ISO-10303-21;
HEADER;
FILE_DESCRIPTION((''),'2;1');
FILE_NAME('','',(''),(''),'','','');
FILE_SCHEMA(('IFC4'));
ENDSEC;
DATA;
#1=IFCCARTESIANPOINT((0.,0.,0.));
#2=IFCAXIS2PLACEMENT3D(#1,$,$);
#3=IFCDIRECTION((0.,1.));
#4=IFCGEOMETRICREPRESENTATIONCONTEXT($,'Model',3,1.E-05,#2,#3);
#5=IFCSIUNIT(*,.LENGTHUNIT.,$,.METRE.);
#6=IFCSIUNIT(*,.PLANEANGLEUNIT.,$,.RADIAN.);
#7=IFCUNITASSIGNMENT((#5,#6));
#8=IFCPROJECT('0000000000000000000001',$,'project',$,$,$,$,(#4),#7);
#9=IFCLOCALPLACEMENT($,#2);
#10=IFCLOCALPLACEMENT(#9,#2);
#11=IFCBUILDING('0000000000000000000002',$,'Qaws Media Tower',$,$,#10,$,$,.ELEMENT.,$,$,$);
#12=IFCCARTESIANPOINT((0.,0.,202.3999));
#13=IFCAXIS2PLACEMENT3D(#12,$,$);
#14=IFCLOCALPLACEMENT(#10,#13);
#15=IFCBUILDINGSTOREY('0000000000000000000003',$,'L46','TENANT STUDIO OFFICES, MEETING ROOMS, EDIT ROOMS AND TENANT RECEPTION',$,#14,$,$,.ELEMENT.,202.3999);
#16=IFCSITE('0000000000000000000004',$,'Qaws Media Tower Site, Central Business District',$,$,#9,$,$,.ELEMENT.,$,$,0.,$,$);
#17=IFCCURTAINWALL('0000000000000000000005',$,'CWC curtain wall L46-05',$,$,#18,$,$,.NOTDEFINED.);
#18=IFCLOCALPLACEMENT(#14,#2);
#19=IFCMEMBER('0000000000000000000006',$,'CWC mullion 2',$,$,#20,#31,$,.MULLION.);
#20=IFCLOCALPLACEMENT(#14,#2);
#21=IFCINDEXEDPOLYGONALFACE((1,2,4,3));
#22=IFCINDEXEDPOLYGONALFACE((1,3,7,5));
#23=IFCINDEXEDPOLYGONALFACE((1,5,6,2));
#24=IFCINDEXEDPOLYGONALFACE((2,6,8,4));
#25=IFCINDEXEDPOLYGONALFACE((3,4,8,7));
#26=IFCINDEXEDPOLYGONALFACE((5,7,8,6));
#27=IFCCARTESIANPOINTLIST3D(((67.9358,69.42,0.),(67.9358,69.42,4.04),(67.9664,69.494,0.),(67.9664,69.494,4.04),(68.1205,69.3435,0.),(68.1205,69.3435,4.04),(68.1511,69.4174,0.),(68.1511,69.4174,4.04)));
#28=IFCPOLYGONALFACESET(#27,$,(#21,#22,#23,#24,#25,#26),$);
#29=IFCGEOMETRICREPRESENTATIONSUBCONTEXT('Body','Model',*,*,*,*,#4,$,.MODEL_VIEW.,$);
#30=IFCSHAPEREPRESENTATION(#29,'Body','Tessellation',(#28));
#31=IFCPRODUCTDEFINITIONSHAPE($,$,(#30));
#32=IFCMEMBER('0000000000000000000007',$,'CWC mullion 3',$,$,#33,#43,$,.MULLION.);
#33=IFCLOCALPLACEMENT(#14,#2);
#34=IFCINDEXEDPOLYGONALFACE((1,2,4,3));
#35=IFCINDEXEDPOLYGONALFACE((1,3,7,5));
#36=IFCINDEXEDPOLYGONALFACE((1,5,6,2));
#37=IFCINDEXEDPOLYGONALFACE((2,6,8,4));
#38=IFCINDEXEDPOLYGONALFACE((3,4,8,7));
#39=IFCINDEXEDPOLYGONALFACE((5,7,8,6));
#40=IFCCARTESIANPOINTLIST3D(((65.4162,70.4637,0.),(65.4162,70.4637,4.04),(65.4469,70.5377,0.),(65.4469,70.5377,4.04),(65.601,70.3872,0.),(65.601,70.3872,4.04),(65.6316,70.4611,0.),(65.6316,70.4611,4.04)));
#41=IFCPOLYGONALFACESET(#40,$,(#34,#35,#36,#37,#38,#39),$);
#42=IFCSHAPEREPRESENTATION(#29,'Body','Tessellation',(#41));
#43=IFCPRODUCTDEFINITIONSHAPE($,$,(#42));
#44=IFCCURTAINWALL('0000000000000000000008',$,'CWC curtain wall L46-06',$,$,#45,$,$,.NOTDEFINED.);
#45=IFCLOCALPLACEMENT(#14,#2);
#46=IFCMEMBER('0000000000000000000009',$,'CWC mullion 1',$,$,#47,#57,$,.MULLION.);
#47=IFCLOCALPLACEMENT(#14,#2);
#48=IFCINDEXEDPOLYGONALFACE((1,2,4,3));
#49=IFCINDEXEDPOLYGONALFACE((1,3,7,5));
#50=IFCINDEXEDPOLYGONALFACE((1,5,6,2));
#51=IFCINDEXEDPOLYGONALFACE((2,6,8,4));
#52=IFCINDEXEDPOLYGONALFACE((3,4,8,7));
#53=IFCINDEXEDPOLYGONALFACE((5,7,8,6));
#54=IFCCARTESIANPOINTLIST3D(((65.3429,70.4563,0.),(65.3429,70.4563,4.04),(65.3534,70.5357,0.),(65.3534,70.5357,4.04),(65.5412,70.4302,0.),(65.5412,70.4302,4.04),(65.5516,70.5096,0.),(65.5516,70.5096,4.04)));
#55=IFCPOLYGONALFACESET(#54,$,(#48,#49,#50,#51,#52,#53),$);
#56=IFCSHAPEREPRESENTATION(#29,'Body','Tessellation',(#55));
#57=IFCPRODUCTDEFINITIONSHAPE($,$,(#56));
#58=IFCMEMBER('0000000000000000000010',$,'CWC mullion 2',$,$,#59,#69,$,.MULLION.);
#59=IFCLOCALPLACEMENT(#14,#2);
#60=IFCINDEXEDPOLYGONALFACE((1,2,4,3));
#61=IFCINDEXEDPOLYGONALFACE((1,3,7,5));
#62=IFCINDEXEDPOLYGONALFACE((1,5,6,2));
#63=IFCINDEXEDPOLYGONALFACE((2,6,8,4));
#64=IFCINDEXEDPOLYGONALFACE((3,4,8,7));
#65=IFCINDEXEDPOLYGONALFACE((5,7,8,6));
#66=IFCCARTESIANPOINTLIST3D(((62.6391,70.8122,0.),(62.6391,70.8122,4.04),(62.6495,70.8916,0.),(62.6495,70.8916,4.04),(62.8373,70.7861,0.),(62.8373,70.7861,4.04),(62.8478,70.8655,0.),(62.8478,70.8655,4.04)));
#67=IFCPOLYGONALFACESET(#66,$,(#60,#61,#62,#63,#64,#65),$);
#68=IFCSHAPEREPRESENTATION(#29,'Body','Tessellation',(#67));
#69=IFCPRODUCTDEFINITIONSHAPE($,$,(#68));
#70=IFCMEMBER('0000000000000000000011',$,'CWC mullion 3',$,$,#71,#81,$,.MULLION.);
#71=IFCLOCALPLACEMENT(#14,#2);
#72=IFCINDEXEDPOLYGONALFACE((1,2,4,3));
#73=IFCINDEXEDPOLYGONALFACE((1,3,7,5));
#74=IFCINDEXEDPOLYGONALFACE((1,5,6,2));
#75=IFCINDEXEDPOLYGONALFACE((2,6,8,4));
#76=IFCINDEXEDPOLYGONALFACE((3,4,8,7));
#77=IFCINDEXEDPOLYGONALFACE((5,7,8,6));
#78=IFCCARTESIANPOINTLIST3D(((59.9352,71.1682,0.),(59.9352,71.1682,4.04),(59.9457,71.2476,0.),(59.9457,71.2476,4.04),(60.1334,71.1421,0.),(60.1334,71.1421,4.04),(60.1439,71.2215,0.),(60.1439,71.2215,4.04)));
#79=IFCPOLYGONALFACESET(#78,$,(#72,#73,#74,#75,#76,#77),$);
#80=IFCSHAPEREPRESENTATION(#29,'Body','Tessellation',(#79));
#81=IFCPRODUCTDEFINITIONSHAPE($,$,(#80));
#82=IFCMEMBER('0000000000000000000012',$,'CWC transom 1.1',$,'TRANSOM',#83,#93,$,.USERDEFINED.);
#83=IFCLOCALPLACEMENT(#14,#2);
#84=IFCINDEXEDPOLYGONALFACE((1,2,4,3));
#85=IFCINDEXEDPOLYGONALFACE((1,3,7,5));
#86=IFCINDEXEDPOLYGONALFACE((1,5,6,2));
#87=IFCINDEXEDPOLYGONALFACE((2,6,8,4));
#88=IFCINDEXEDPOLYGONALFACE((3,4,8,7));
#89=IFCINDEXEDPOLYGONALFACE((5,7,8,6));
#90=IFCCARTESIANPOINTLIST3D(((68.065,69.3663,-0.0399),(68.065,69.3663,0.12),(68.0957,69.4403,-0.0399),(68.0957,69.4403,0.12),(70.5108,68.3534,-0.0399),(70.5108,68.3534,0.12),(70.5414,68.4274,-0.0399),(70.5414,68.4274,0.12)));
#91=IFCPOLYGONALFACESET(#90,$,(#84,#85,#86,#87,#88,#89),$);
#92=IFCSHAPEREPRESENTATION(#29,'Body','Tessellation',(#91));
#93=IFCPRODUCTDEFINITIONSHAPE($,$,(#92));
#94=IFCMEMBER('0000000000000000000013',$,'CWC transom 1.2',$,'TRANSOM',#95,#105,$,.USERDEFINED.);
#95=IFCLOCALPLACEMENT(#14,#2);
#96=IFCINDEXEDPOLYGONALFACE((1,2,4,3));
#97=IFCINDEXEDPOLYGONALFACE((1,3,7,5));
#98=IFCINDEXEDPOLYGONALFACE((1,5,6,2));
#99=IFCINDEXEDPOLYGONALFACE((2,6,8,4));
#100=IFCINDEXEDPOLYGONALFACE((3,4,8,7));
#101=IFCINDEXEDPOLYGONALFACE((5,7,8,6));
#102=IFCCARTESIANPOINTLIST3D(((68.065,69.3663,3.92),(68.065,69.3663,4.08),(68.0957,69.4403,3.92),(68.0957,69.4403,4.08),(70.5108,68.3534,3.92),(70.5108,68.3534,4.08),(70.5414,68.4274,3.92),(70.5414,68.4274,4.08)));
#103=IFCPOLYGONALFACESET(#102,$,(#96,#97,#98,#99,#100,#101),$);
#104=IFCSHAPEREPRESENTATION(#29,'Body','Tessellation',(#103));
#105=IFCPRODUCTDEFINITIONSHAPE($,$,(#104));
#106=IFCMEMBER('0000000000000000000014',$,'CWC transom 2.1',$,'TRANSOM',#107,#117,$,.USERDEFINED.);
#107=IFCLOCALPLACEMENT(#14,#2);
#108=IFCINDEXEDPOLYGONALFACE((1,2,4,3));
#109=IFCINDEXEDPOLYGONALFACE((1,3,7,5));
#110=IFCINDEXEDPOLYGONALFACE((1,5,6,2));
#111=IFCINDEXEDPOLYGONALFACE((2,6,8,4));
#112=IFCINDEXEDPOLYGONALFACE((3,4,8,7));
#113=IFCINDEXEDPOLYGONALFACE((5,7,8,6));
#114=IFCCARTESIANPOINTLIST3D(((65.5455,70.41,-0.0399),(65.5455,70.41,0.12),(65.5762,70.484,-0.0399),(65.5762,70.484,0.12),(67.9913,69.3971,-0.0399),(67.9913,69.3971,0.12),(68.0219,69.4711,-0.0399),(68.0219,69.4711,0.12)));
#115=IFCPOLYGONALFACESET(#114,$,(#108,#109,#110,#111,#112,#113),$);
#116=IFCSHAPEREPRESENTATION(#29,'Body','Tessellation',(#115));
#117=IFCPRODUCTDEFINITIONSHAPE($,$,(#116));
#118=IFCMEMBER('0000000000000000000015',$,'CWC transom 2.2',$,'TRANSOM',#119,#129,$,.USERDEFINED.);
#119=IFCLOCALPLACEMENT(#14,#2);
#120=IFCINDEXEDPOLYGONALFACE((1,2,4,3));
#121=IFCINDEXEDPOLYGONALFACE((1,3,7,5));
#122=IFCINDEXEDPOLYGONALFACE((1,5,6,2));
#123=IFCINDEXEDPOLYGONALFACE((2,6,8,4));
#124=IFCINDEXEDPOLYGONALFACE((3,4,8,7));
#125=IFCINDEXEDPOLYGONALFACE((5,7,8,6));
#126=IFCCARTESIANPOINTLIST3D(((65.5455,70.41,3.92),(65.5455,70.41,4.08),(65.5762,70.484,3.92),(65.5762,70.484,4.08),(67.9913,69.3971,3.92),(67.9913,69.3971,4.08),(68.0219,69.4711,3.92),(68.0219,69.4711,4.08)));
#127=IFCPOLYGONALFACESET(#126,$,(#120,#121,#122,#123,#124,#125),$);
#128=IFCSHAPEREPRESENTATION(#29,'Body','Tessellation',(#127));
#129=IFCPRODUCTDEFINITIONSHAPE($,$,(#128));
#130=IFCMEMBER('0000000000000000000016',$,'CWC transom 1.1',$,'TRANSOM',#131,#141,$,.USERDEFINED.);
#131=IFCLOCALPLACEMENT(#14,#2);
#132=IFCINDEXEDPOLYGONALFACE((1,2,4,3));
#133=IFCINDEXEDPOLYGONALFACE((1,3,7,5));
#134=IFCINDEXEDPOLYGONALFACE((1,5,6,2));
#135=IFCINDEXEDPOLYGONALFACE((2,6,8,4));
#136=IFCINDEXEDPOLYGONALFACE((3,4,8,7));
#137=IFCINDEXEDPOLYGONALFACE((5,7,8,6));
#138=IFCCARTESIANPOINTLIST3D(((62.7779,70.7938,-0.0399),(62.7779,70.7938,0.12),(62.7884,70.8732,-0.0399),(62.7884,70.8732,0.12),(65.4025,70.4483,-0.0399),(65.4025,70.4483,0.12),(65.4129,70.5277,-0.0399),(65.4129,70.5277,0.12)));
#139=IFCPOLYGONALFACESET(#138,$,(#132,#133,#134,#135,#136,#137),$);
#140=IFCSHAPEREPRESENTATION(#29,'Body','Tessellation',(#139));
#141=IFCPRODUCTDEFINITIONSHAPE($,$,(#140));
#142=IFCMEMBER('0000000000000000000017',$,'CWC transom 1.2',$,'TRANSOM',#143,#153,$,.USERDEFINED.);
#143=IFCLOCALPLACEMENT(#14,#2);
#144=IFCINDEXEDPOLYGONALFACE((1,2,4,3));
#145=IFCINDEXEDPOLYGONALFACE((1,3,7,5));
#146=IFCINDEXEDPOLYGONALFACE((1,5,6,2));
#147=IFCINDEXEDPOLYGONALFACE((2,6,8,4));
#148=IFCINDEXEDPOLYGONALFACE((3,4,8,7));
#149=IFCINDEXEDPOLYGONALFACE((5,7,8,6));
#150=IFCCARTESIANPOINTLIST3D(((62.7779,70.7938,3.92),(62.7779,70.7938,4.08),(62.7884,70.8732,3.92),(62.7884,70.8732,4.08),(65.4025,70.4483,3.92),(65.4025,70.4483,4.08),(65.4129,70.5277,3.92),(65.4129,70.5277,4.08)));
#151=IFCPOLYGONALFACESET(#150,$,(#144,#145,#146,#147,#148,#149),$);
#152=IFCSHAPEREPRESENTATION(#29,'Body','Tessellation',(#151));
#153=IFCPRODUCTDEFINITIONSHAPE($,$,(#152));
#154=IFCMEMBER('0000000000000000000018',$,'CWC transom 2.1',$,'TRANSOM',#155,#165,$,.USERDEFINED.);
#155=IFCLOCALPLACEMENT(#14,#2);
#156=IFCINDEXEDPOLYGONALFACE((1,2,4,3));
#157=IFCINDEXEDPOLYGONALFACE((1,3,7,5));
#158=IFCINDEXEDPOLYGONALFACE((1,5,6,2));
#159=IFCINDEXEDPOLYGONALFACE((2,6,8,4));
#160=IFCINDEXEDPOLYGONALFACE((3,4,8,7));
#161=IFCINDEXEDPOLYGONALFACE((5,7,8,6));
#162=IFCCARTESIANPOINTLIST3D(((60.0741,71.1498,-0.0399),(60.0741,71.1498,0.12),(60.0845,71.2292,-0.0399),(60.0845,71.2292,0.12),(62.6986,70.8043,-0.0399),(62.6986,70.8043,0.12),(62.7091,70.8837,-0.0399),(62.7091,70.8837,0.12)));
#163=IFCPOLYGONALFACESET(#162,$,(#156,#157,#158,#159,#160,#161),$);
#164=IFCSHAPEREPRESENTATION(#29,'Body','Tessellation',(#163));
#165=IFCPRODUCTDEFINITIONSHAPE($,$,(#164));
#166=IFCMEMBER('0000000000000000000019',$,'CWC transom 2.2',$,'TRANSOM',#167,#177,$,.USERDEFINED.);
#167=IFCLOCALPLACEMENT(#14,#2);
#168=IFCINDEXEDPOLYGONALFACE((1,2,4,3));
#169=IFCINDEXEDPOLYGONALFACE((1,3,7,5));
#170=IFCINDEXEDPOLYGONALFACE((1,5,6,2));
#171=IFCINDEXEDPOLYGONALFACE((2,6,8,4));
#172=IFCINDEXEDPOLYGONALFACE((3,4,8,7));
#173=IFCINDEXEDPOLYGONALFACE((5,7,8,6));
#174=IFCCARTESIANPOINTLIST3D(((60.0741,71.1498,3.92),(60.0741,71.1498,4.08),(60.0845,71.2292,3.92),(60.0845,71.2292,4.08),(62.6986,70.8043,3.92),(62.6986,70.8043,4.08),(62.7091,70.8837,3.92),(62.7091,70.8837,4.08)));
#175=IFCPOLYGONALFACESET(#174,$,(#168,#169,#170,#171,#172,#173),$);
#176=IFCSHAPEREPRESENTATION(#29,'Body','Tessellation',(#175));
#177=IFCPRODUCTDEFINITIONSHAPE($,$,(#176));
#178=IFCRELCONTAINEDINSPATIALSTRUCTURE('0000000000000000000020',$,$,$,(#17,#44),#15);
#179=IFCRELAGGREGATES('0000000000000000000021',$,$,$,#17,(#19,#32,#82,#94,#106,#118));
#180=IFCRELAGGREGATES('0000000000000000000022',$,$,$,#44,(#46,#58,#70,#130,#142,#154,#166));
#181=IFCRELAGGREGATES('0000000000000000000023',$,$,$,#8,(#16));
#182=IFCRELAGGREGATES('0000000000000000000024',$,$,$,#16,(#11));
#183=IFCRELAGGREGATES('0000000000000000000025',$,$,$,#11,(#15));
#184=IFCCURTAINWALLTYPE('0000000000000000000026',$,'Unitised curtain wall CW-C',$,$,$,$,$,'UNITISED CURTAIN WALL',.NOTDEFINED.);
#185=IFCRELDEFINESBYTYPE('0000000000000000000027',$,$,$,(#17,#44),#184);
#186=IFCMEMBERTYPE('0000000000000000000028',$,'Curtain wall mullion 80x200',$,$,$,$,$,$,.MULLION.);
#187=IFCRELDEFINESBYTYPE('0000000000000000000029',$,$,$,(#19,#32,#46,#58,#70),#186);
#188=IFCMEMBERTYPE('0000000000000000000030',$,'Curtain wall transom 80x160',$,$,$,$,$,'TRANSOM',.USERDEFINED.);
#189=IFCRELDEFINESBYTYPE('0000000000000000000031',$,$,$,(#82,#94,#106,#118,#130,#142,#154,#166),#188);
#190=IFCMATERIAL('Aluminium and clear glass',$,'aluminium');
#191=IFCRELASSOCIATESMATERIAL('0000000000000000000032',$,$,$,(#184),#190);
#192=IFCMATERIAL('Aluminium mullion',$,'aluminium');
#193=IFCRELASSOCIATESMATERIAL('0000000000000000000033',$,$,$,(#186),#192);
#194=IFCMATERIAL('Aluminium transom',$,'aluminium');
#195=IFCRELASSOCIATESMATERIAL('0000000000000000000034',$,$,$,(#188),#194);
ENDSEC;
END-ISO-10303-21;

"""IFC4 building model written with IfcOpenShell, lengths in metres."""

from ifc_helpers import new_model, si_unit, direction, frame, origin, origin_2d, place, context, subcontext, project, spatial, rectangle, extrude, material, material_profile, profile_set, type_object, element, aggregate, save


model = new_model("IFC4")

# Units and contexts
model_context = context("Model", 3, precision=1e-05, world=origin(), true_north=direction((0.0, 1.0)))
body_context = subcontext(model_context, "Body", "Model", "MODEL_VIEW")
ifc_project = project(units=[si_unit("LENGTHUNIT", "METRE"), si_unit("PLANEANGLEUNIT", "RADIAN")], contexts=[model_context])

# Site, building, storey
site_placement = place(None, origin())
site = spatial("IfcSite", under=ifc_project, at=site_placement, Name="Qaws Media Tower Site, Central Business District", CompositionType="ELEMENT", RefElevation=0.0)
building_placement = place(site_placement, origin())
building = spatial("IfcBuilding", under=site, at=building_placement, Name="Qaws Media Tower", CompositionType="ELEMENT")
storey_placement = place(building_placement, frame((0.0, 0.0, 202.3999)))
storey = spatial("IfcBuildingStorey", under=building, at=storey_placement, Name="L46", Description="TENANT STUDIO OFFICES, MEETING ROOMS, EDIT ROOMS AND TENANT RECEPTION", CompositionType="ELEMENT", Elevation=202.3999)

# Curtain walls, members
ifc_material_1 = material(Name="Aluminium and clear glass", Category="aluminium")
curtain_wall_type = type_object("IfcCurtainWallType", Name="Unitised curtain wall CW-C", ElementType="UNITISED CURTAIN WALL", PredefinedType="NOTDEFINED", material=ifc_material_1)
curtain_wall_1_placement = place(storey_placement, origin())
curtain_wall_1 = element("IfcCurtainWall", 1, at=curtain_wall_1_placement, inside=storey, type_object=curtain_wall_type, Name="CWC curtain wall L46-05", PredefinedType="NOTDEFINED")
ifc_material_2 = material(Name="Aluminium mullion", Category="aluminium")
ifc_material_profile_1 = material_profile(ifc_material_2, rectangle(XDim=0.0801, YDim=0.2, at=origin_2d()), Name="80x200")
ifc_profile_set_1 = profile_set([ifc_material_profile_1], Name="Aluminium mullion")
member_type_1 = type_object("IfcMemberType", Name="Curtain wall mullion 80x200", PredefinedType="MULLION", material=ifc_profile_set_1)
member_1_placement = place(storey_placement, frame((68.0435, 69.4187, 0.0), z_axis=(0.0, 0.0, 1.0), x_axis=(-0.382683, -0.92388, 0.0)))
member_1 = element("IfcMember", 2, at=member_1_placement, type_object=member_type_1, Name="CWC mullion 2", PredefinedType="MULLION", context=body_context, shape_type="SweptSolid", body=[
    extrude(rectangle(XDim=0.0801, YDim=0.2, at=origin_2d()), origin(), (0.0, 0.0, 1.0), 4.04),
])
member_2_placement = place(storey_placement, frame((65.5239, 70.4624, 0.0), z_axis=(0.0, 0.0, 1.0), x_axis=(-0.382683, -0.92388, 0.0)))
member_2 = element("IfcMember", 3, at=member_2_placement, type_object=member_type_1, Name="CWC mullion 3", PredefinedType="MULLION", context=body_context, shape_type="SweptSolid", body=[
    extrude(rectangle(XDim=0.0801, YDim=0.2, at=origin_2d()), origin(), (0.0, 0.0, 1.0), 4.04),
])
curtain_wall_2_placement = place(storey_placement, origin())
curtain_wall_2 = element("IfcCurtainWall", 4, at=curtain_wall_2_placement, inside=storey, type_object=curtain_wall_type, Name="CWC curtain wall L46-06", PredefinedType="NOTDEFINED")
member_3_placement = place(storey_placement, frame((65.4473, 70.4829, 0.0), z_axis=(0.0, 0.0, 1.0), x_axis=(-0.130526, -0.991445, 0.0)))
member_3 = element("IfcMember", 5, at=member_3_placement, type_object=member_type_1, Name="CWC mullion 1", PredefinedType="MULLION", context=body_context, shape_type="SweptSolid", body=[
    extrude(rectangle(XDim=0.0801, YDim=0.2, at=origin_2d()), origin(), (0.0, 0.0, 1.0), 4.04),
])
member_4_placement = place(storey_placement, frame((62.7434, 70.8389, 0.0), z_axis=(0.0, 0.0, 1.0), x_axis=(-0.130526, -0.991445, 0.0)))
member_4 = element("IfcMember", 6, at=member_4_placement, type_object=member_type_1, Name="CWC mullion 2", PredefinedType="MULLION", context=body_context, shape_type="SweptSolid", body=[
    extrude(rectangle(XDim=0.0801, YDim=0.2, at=origin_2d()), origin(), (0.0, 0.0, 1.0), 4.04),
])
member_5_placement = place(storey_placement, frame((60.0396, 71.1948, 0.0), z_axis=(0.0, 0.0, 1.0), x_axis=(-0.130526, -0.991445, 0.0)))
member_5 = element("IfcMember", 7, at=member_5_placement, type_object=member_type_1, Name="CWC mullion 3", PredefinedType="MULLION", context=body_context, shape_type="SweptSolid", body=[
    extrude(rectangle(XDim=0.0801, YDim=0.2, at=origin_2d()), origin(), (0.0, 0.0, 1.0), 4.04),
])

# Members
ifc_material_3 = material(Name="Aluminium transom", Category="aluminium")
ifc_material_profile_2 = material_profile(ifc_material_3, rectangle(XDim=0.0801, YDim=0.1599, at=origin_2d()), Name="80x160")
ifc_profile_set_2 = profile_set([ifc_material_profile_2], Name="Aluminium transom")
member_type_2 = type_object("IfcMemberType", Name="Curtain wall transom 80x160", ElementType="TRANSOM", PredefinedType="USERDEFINED", material=ifc_profile_set_2)
member_6_placement = place(storey_placement, frame((70.5261, 68.3904, 0.04), z_axis=(-0.923899, 0.382637, 0.0), x_axis=(-0.382637, -0.923899, 0.0)))
member_6 = element("IfcMember", 8, at=member_6_placement, type_object=member_type_2, Name="CWC transom 1.1", ObjectType="TRANSOM", PredefinedType="USERDEFINED", context=body_context, shape_type="SweptSolid", body=[
    extrude(rectangle(XDim=0.0801, YDim=0.1599, at=origin_2d()), origin(), (0.0, 0.0, 1.0), 2.6472),
])
member_7_placement = place(storey_placement, frame((70.5261, 68.3904, 4.0), z_axis=(-0.923899, 0.382637, 0.0), x_axis=(-0.382637, -0.923899, 0.0)))
member_7 = element("IfcMember", 9, at=member_7_placement, type_object=member_type_2, Name="CWC transom 1.2", ObjectType="TRANSOM", PredefinedType="USERDEFINED", context=body_context, shape_type="SweptSolid", body=[
    extrude(rectangle(XDim=0.0801, YDim=0.1599, at=origin_2d()), origin(), (0.0, 0.0, 1.0), 2.6472),
])
member_8_placement = place(storey_placement, frame((68.0066, 69.4341, 0.04), z_axis=(-0.923899, 0.382637, 0.0), x_axis=(-0.382637, -0.923899, 0.0)))
member_8 = element("IfcMember", 10, at=member_8_placement, type_object=member_type_2, Name="CWC transom 2.1", ObjectType="TRANSOM", PredefinedType="USERDEFINED", context=body_context, shape_type="SweptSolid", body=[
    extrude(rectangle(XDim=0.0801, YDim=0.1599, at=origin_2d()), origin(), (0.0, 0.0, 1.0), 2.6472),
])
member_9_placement = place(storey_placement, frame((68.0066, 69.4341, 4.0), z_axis=(-0.923899, 0.382637, 0.0), x_axis=(-0.382637, -0.923899, 0.0)))
member_9 = element("IfcMember", 11, at=member_9_placement, type_object=member_type_2, Name="CWC transom 2.2", ObjectType="TRANSOM", PredefinedType="USERDEFINED", context=body_context, shape_type="SweptSolid", body=[
    extrude(rectangle(XDim=0.0801, YDim=0.1599, at=origin_2d()), origin(), (0.0, 0.0, 1.0), 2.6472),
])
member_10_placement = place(storey_placement, frame((65.4077, 70.488, 0.04), z_axis=(-0.991448, 0.130502, 0.0), x_axis=(-0.130502, -0.991448, 0.0)))
member_10 = element("IfcMember", 12, at=member_10_placement, type_object=member_type_2, Name="CWC transom 1.1", ObjectType="TRANSOM", PredefinedType="USERDEFINED", context=body_context, shape_type="SweptSolid", body=[
    extrude(rectangle(XDim=0.0801, YDim=0.1599, at=origin_2d()), origin(), (0.0, 0.0, 1.0), 2.6472),
])
member_11_placement = place(storey_placement, frame((65.4077, 70.488, 4.0), z_axis=(-0.991448, 0.130502, 0.0), x_axis=(-0.130502, -0.991448, 0.0)))
member_11 = element("IfcMember", 13, at=member_11_placement, type_object=member_type_2, Name="CWC transom 1.2", ObjectType="TRANSOM", PredefinedType="USERDEFINED", context=body_context, shape_type="SweptSolid", body=[
    extrude(rectangle(XDim=0.0801, YDim=0.1599, at=origin_2d()), origin(), (0.0, 0.0, 1.0), 2.6472),
])
member_12_placement = place(storey_placement, frame((62.7039, 70.844, 0.04), z_axis=(-0.991448, 0.130502, 0.0), x_axis=(-0.130502, -0.991448, 0.0)))
member_12 = element("IfcMember", 14, at=member_12_placement, type_object=member_type_2, Name="CWC transom 2.1", ObjectType="TRANSOM", PredefinedType="USERDEFINED", context=body_context, shape_type="SweptSolid", body=[
    extrude(rectangle(XDim=0.0801, YDim=0.1599, at=origin_2d()), origin(), (0.0, 0.0, 1.0), 2.6472),
])
member_13_placement = place(storey_placement, frame((62.7039, 70.844, 4.0), z_axis=(-0.991448, 0.130502, 0.0), x_axis=(-0.130502, -0.991448, 0.0)))
member_13 = element("IfcMember", 15, at=member_13_placement, type_object=member_type_2, Name="CWC transom 2.2", ObjectType="TRANSOM", PredefinedType="USERDEFINED", context=body_context, shape_type="SweptSolid", body=[
    extrude(rectangle(XDim=0.0801, YDim=0.1599, at=origin_2d()), origin(), (0.0, 0.0, 1.0), 2.6472),
])

aggregate(curtain_wall_1, [member_1, member_2, member_6, member_7, member_8, member_9])
aggregate(curtain_wall_2, [member_3, member_4, member_5, member_10, member_11, member_12, member_13])

save(model, "model.ifc")
